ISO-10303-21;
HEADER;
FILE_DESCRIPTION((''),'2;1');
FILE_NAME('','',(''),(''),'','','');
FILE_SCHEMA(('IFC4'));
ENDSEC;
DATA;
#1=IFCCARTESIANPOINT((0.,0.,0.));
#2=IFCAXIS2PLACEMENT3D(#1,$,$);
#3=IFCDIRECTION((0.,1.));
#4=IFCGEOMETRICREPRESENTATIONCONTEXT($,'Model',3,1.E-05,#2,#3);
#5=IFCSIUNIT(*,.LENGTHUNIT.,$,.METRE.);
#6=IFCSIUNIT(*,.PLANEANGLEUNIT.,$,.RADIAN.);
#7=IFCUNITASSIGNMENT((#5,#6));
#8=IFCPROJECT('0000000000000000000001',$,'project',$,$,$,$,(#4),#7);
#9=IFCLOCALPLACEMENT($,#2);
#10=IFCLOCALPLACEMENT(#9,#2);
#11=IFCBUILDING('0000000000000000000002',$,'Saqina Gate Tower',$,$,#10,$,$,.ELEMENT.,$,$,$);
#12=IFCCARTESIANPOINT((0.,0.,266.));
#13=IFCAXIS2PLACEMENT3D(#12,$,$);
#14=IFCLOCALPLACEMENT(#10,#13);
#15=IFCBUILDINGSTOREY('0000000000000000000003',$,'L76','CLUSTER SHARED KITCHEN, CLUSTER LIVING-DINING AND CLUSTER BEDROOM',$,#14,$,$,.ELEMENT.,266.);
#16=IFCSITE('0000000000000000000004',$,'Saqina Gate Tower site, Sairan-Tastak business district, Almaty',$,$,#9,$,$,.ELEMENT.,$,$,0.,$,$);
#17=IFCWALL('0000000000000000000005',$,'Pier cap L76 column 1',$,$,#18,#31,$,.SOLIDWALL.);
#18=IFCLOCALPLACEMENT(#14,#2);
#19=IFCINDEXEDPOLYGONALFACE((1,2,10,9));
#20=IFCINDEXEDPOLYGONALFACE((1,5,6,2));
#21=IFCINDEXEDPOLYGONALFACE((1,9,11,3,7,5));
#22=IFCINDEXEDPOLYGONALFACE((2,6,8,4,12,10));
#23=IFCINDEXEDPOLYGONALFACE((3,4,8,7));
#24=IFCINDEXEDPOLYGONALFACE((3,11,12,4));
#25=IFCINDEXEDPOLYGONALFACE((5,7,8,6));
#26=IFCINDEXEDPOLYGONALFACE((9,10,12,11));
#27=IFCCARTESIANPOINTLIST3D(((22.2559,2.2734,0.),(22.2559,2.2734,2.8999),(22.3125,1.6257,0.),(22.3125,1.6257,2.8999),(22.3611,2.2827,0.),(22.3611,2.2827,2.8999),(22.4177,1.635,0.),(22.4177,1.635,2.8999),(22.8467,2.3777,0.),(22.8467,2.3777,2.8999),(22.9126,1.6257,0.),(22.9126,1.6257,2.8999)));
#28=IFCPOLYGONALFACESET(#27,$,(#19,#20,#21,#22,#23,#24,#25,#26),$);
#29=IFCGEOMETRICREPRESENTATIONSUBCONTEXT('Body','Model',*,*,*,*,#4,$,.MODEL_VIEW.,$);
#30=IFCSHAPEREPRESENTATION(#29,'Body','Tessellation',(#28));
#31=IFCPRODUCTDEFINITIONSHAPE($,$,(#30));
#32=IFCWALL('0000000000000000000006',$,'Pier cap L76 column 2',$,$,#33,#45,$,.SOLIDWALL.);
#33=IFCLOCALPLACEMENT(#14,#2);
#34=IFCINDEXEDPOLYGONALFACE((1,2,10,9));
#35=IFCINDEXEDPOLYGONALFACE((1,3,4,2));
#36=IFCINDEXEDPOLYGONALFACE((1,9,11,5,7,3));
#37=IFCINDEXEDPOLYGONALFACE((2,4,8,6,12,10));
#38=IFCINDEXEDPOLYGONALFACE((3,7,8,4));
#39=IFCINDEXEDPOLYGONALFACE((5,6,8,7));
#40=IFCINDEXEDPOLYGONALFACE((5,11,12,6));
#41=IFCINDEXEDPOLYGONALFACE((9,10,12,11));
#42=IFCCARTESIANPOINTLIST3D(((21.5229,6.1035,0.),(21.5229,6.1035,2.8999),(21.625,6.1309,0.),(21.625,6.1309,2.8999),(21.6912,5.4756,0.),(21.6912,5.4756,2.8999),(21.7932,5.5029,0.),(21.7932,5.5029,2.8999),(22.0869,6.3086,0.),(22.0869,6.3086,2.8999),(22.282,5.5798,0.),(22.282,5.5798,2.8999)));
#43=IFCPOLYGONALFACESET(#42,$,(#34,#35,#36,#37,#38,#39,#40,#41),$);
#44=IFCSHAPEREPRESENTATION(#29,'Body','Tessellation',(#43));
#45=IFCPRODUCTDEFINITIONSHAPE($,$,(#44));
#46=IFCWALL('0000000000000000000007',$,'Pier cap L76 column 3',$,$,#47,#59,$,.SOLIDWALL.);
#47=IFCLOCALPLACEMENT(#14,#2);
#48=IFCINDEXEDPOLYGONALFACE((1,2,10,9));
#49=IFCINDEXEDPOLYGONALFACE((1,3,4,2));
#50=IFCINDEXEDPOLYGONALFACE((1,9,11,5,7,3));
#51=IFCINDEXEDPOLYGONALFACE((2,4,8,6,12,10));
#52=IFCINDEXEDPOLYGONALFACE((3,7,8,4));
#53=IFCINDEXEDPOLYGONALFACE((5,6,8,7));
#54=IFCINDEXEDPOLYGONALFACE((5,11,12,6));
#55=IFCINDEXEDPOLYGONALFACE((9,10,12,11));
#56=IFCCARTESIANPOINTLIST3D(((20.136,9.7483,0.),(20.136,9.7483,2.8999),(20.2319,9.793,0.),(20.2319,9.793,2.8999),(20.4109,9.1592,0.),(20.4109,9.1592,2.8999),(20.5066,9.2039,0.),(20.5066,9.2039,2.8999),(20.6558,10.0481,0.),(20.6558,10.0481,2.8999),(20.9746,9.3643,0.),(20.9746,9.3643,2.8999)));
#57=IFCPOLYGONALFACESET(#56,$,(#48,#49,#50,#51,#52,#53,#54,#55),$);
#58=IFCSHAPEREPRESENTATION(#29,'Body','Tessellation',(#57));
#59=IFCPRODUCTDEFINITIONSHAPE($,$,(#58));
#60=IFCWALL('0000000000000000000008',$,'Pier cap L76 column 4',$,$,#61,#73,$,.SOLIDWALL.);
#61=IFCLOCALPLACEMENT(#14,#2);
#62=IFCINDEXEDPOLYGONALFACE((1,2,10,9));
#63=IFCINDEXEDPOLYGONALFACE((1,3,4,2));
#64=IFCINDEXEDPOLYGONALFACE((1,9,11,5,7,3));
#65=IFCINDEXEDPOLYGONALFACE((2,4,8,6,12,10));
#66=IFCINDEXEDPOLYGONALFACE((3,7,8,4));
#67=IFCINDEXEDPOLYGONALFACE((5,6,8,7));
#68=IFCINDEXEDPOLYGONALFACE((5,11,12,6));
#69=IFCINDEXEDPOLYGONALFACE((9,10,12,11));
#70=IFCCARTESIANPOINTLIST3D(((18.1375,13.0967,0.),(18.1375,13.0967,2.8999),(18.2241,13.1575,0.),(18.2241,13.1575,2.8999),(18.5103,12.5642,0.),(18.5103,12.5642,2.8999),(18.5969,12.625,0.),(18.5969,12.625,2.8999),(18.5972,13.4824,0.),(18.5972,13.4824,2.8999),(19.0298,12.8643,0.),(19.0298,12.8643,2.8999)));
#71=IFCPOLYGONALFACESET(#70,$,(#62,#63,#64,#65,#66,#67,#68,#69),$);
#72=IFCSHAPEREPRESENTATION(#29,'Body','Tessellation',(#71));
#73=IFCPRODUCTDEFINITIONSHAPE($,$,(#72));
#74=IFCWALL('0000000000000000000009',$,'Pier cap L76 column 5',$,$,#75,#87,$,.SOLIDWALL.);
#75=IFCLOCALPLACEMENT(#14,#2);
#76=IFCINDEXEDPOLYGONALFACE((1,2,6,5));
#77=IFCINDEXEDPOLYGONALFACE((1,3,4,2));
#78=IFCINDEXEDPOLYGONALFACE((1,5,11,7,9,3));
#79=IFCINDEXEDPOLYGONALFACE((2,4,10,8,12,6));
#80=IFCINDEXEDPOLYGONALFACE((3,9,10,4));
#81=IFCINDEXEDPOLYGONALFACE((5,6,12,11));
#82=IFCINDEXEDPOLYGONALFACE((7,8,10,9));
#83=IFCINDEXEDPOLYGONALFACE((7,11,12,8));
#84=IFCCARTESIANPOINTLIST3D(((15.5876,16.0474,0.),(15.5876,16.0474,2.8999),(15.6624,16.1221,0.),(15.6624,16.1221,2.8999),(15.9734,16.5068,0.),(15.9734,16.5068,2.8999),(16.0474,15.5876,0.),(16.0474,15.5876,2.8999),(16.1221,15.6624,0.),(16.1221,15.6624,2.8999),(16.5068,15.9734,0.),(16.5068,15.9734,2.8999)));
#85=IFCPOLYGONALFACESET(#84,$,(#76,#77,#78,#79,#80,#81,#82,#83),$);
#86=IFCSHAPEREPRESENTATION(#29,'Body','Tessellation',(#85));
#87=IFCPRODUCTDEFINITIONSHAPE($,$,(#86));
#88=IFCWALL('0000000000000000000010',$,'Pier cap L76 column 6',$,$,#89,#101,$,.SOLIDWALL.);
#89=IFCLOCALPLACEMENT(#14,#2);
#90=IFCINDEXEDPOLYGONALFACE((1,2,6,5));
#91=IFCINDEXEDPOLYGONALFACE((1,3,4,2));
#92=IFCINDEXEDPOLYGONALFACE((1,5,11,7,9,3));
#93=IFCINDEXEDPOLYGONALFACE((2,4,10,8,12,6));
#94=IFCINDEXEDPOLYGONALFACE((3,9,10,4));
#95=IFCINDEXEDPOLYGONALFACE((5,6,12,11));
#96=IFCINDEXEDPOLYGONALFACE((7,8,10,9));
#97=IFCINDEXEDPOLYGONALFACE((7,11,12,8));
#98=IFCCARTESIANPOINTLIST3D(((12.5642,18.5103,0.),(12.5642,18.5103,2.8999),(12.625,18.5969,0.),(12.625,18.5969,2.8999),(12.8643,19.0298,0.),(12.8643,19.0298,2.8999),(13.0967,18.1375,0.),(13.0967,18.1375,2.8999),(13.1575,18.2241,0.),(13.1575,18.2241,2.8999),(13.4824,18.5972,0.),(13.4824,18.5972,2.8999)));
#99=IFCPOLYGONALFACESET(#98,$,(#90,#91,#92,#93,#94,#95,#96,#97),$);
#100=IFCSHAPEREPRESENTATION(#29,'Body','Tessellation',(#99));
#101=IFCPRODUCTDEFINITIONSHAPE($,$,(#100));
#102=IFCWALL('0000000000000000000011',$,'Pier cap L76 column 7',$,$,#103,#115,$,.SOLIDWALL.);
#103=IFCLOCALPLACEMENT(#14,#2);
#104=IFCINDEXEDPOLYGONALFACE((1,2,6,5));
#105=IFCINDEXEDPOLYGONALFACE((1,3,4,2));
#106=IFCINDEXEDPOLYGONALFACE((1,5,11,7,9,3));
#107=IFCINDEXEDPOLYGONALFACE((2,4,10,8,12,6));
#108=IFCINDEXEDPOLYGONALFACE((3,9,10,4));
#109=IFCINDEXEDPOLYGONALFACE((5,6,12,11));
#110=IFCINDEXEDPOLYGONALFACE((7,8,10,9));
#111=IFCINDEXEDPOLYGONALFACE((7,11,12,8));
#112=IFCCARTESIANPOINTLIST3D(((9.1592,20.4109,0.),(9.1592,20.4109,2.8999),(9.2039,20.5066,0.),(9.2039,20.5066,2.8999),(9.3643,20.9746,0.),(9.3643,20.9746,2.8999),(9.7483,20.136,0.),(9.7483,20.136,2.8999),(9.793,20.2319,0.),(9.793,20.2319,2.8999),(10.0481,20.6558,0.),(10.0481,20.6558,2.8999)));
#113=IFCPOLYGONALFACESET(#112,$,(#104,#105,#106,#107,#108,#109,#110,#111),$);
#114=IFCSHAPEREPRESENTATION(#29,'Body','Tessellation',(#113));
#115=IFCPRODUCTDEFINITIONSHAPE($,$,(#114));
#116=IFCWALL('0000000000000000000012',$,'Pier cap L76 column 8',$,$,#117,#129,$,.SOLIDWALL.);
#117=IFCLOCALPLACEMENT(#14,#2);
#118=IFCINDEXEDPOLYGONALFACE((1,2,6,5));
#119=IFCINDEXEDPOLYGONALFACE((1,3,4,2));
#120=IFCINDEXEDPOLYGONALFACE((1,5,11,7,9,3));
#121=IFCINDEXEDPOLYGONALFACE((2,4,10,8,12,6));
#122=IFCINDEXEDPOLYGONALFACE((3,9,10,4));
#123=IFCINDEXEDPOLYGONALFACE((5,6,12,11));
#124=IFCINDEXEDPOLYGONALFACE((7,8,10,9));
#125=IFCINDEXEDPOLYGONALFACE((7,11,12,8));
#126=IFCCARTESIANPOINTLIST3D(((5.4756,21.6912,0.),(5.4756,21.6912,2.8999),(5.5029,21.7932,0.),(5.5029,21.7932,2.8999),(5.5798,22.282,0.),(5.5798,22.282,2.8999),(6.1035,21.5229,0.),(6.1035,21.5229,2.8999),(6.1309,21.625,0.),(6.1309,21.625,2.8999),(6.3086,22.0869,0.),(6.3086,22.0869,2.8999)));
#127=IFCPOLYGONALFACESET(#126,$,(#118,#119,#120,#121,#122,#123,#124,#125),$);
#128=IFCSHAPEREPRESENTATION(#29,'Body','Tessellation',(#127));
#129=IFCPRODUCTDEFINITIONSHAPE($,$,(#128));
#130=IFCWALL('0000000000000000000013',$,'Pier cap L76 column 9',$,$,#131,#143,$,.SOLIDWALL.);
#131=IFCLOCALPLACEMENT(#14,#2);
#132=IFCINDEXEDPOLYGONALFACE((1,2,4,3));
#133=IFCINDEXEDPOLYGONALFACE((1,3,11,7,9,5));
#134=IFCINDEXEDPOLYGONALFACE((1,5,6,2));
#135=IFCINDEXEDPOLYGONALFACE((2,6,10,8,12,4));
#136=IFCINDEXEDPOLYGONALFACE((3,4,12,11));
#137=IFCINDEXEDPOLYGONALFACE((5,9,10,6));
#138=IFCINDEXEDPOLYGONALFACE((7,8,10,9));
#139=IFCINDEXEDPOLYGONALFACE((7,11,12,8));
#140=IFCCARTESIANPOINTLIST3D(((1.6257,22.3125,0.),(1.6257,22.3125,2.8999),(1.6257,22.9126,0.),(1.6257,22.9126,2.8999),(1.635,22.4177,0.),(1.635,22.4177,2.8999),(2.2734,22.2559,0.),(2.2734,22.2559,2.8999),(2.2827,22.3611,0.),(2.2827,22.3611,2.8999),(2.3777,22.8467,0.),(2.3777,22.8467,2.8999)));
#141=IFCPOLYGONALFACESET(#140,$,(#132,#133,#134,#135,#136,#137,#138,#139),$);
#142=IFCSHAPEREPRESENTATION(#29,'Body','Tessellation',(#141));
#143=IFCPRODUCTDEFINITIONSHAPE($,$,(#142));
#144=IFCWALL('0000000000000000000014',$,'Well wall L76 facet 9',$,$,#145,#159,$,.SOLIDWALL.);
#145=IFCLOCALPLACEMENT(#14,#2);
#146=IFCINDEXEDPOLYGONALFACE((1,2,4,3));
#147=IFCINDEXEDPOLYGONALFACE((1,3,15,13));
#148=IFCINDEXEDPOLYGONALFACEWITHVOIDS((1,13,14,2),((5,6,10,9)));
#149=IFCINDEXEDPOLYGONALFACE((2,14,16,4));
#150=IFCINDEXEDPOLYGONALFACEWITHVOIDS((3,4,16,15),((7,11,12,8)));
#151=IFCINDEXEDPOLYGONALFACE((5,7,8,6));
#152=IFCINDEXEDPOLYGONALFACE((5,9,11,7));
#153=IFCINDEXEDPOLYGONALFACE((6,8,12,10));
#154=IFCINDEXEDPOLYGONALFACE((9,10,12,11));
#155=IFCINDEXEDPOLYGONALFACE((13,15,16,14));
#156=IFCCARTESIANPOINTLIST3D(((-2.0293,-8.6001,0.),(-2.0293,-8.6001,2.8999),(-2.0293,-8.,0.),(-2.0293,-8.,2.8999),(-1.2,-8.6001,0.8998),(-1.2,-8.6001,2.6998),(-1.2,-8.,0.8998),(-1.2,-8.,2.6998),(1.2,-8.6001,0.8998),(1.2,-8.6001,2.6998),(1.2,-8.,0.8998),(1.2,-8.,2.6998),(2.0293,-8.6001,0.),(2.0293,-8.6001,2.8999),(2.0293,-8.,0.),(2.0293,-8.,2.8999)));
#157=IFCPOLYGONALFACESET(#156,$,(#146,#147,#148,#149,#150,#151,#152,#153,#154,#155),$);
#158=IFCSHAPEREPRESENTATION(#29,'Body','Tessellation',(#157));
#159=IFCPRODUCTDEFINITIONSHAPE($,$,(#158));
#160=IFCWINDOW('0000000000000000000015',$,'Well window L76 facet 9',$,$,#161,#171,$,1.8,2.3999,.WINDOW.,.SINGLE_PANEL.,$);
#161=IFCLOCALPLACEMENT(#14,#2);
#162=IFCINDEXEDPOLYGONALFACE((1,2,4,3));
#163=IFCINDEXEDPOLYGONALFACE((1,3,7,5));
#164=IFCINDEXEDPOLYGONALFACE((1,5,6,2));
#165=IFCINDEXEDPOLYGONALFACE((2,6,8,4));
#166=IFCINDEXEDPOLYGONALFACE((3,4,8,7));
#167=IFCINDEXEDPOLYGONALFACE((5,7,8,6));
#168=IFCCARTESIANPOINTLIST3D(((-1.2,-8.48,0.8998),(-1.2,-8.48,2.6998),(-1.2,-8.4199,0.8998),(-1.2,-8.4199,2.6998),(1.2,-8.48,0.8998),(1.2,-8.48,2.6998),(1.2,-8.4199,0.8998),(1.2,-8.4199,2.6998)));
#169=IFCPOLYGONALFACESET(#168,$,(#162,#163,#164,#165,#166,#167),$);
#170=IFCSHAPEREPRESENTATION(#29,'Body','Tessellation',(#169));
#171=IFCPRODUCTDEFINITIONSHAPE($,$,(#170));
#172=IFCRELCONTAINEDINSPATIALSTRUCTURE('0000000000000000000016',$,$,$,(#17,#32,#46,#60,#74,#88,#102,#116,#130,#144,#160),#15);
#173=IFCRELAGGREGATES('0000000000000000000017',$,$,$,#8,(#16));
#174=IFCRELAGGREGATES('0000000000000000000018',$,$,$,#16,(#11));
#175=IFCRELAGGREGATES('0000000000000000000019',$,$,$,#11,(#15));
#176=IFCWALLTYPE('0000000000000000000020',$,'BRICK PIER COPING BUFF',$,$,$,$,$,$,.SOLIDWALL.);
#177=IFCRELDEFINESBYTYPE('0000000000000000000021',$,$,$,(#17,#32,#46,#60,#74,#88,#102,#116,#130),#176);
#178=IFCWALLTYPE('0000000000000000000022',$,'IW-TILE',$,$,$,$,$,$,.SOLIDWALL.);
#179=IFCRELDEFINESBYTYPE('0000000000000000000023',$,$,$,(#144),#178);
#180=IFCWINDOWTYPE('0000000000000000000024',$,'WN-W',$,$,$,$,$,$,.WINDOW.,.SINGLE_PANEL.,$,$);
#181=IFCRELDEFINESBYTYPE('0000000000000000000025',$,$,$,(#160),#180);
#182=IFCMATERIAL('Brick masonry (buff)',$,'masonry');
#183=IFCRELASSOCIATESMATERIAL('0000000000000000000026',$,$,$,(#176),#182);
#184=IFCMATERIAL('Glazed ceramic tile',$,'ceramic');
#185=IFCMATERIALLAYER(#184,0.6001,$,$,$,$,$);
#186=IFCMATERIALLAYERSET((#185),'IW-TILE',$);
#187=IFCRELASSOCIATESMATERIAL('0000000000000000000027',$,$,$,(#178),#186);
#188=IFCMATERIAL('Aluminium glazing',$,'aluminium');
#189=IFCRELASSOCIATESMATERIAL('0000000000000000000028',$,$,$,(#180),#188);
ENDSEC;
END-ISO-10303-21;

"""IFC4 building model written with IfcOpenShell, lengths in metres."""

from ifc_helpers import new_model, si_unit, direction, frame, frame_2d, origin, place, context, subcontext, project, spatial, polyline, rectangle, outline, extrude, material, layer, layer_set, type_object, element, fill, save


model = new_model("IFC4")

# Units and contexts
model_context = context("Model", 3, precision=1e-05, world=origin(), true_north=direction((0.0, 1.0)))
body_context = subcontext(model_context, "Body", "Model", "MODEL_VIEW")
ifc_project = project(units=[si_unit("LENGTHUNIT", "METRE"), si_unit("PLANEANGLEUNIT", "RADIAN")], contexts=[model_context])

# Site, building, storey
site_placement = place(None, origin())
site = spatial("IfcSite", under=ifc_project, at=site_placement, Name="Saqina Gate Tower site, Sairan-Tastak business district, Almaty", CompositionType="ELEMENT", RefElevation=0.0)
building_placement = place(site_placement, origin())
building = spatial("IfcBuilding", under=site, at=building_placement, Name="Saqina Gate Tower", CompositionType="ELEMENT")
storey_placement = place(building_placement, frame((0.0, 0.0, 266.0)))
storey = spatial("IfcBuildingStorey", under=building, at=storey_placement, Name="L76", Description="CLUSTER SHARED KITCHEN, CLUSTER LIVING-DINING AND CLUSTER BEDROOM", CompositionType="ELEMENT", Elevation=266.0)

# Walls
ifc_material_1 = material(Name="Brick masonry (buff)", Category="masonry")
wall_type_1 = type_object("IfcWallType", Name="BRICK PIER COPING BUFF", PredefinedType="SOLIDWALL", material=ifc_material_1)
wall_1_placement = place(storey_placement, origin())
element("IfcWall", 1, at=wall_1_placement, inside=storey, type_object=wall_type_1, Name="Pier cap L76 column 1", PredefinedType="SOLIDWALL", context=body_context, shape_type="SweptSolid", body=[
    extrude(outline(polyline([(22.9126, 1.6257), (22.8467, 2.3777), (22.2559, 2.2734), (22.3611, 2.2827), (22.4177, 1.635), (22.3125, 1.6257), (22.9126, 1.6257)])), origin(), (0.0, 0.0, 1.0), 2.8999),
])
wall_2_placement = place(storey_placement, origin())
element("IfcWall", 2, at=wall_2_placement, inside=storey, type_object=wall_type_1, Name="Pier cap L76 column 2", PredefinedType="SOLIDWALL", context=body_context, shape_type="SweptSolid", body=[
    extrude(outline(polyline([(22.0869, 6.3086), (21.5229, 6.1035), (21.625, 6.1309), (21.7932, 5.5029), (21.6912, 5.4756), (22.282, 5.5798), (22.0869, 6.3086)])), origin(), (0.0, 0.0, 1.0), 2.8999),
])
wall_3_placement = place(storey_placement, origin())
element("IfcWall", 3, at=wall_3_placement, inside=storey, type_object=wall_type_1, Name="Pier cap L76 column 3", PredefinedType="SOLIDWALL", context=body_context, shape_type="SweptSolid", body=[
    extrude(outline(polyline([(20.9746, 9.3643), (20.6558, 10.0481), (20.136, 9.7483), (20.2319, 9.793), (20.5066, 9.2039), (20.4109, 9.1592), (20.9746, 9.3643)])), origin(), (0.0, 0.0, 1.0), 2.8999),
])
wall_4_placement = place(storey_placement, origin())
element("IfcWall", 4, at=wall_4_placement, inside=storey, type_object=wall_type_1, Name="Pier cap L76 column 4", PredefinedType="SOLIDWALL", context=body_context, shape_type="SweptSolid", body=[
    extrude(outline(polyline([(19.0298, 12.8643), (18.5972, 13.4824), (18.1375, 13.0967), (18.2241, 13.1575), (18.5969, 12.625), (18.5103, 12.5642), (19.0298, 12.8643)])), origin(), (0.0, 0.0, 1.0), 2.8999),
])
wall_5_placement = place(storey_placement, origin())
element("IfcWall", 5, at=wall_5_placement, inside=storey, type_object=wall_type_1, Name="Pier cap L76 column 5", PredefinedType="SOLIDWALL", context=body_context, shape_type="SweptSolid", body=[
    extrude(outline(polyline([(15.9734, 16.5068), (15.5876, 16.0474), (15.6624, 16.1221), (16.1221, 15.6624), (16.0474, 15.5876), (16.5068, 15.9734), (15.9734, 16.5068)])), origin(), (0.0, 0.0, 1.0), 2.8999),
])
wall_6_placement = place(storey_placement, origin())
element("IfcWall", 6, at=wall_6_placement, inside=storey, type_object=wall_type_1, Name="Pier cap L76 column 6", PredefinedType="SOLIDWALL", context=body_context, shape_type="SweptSolid", body=[
    extrude(outline(polyline([(12.8643, 19.0298), (12.5642, 18.5103), (12.625, 18.5969), (13.1575, 18.2241), (13.0967, 18.1375), (13.4824, 18.5972), (12.8643, 19.0298)])), origin(), (0.0, 0.0, 1.0), 2.8999),
])
wall_7_placement = place(storey_placement, origin())
element("IfcWall", 7, at=wall_7_placement, inside=storey, type_object=wall_type_1, Name="Pier cap L76 column 7", PredefinedType="SOLIDWALL", context=body_context, shape_type="SweptSolid", body=[
    extrude(outline(polyline([(10.0481, 20.6558), (9.3643, 20.9746), (9.1592, 20.4109), (9.2039, 20.5066), (9.793, 20.2319), (9.7483, 20.136), (10.0481, 20.6558)])), origin(), (0.0, 0.0, 1.0), 2.8999),
])
wall_8_placement = place(storey_placement, origin())
element("IfcWall", 8, at=wall_8_placement, inside=storey, type_object=wall_type_1, Name="Pier cap L76 column 8", PredefinedType="SOLIDWALL", context=body_context, shape_type="SweptSolid", body=[
    extrude(outline(polyline([(5.5798, 22.282), (5.4756, 21.6912), (5.5029, 21.7932), (6.1309, 21.625), (6.1035, 21.5229), (6.3086, 22.0869), (5.5798, 22.282)])), origin(), (0.0, 0.0, 1.0), 2.8999),
])
wall_9_placement = place(storey_placement, origin())
element("IfcWall", 9, at=wall_9_placement, inside=storey, type_object=wall_type_1, Name="Pier cap L76 column 9", PredefinedType="SOLIDWALL", context=body_context, shape_type="SweptSolid", body=[
    extrude(outline(polyline([(2.3777, 22.8467), (1.6257, 22.9126), (1.6257, 22.3125), (1.635, 22.4177), (2.2827, 22.3611), (2.2734, 22.2559), (2.3777, 22.8467)])), origin(), (0.0, 0.0, 1.0), 2.8999),
])

# Wall, opening, window
ifc_material_2 = material(Name="Glazed ceramic tile", Category="ceramic")
ifc_layer_1 = layer(ifc_material_2, 0.6001)
ifc_layer_set_1 = layer_set([ifc_layer_1], Name="IW-TILE")
wall_type_2 = type_object("IfcWallType", Name="IW-TILE", PredefinedType="SOLIDWALL", material=ifc_layer_set_1)
wall_10_placement = place(storey_placement, frame((-2.0293, -8.3, 0.0), z_axis=(0.0, 0.0, 1.0), x_axis=(1.0, 0.0, 0.0)))
wall_10 = element("IfcWall", 10, at=wall_10_placement, inside=storey, type_object=wall_type_2, Name="Well wall L76 facet 9", PredefinedType="SOLIDWALL", context=body_context, shape_type="SweptSolid", body=[
    extrude(rectangle(XDim=4.0586, YDim=0.6001, at=frame_2d((2.0293, 0.0))), origin(), (0.0, 0.0, 1.0), 2.8999),
])
opening_1_placement = place(wall_10_placement, frame((0.8293, 0.0, 0.8999)))
opening_1 = element("IfcOpeningElement", 11, at=opening_1_placement, cuts=wall_10, PredefinedType="OPENING", context=body_context, shape_type="SweptSolid", body=[
    extrude(rectangle(XDim=2.3999, YDim=1.8, at=frame_2d((1.2, 0.8999))), frame((0.0, 0.312, 0.0), z_axis=(0.0, -1.0, 0.0), x_axis=(1.0, 0.0, 0.0)), (0.0, 0.0, 1.0), 0.624),
])
ifc_material_3 = material(Name="Aluminium glazing", Category="aluminium")
window_type = type_object("IfcWindowType", Name="WN-W", PartitioningType="SINGLE_PANEL", PredefinedType="WINDOW", material=ifc_material_3)
window_1_placement = place(opening_1_placement, origin())
window_1 = element("IfcWindow", 12, at=window_1_placement, inside=storey, type_object=window_type, Name="Well window L76 facet 9", OverallHeight=1.8, OverallWidth=2.3999, PartitioningType="SINGLE_PANEL", PredefinedType="WINDOW", context=body_context, shape_type="SweptSolid", body=[
    extrude(rectangle(XDim=2.3999, YDim=1.8, at=frame_2d((1.2, 0.8999))), frame((0.0, -0.1199, 0.0), z_axis=(0.0, -1.0, 0.0), x_axis=(1.0, 0.0, 0.0)), (0.0, 0.0, 1.0), 0.0601),
])
fill(opening_1, window_1)

save(model, "model.ifc")
